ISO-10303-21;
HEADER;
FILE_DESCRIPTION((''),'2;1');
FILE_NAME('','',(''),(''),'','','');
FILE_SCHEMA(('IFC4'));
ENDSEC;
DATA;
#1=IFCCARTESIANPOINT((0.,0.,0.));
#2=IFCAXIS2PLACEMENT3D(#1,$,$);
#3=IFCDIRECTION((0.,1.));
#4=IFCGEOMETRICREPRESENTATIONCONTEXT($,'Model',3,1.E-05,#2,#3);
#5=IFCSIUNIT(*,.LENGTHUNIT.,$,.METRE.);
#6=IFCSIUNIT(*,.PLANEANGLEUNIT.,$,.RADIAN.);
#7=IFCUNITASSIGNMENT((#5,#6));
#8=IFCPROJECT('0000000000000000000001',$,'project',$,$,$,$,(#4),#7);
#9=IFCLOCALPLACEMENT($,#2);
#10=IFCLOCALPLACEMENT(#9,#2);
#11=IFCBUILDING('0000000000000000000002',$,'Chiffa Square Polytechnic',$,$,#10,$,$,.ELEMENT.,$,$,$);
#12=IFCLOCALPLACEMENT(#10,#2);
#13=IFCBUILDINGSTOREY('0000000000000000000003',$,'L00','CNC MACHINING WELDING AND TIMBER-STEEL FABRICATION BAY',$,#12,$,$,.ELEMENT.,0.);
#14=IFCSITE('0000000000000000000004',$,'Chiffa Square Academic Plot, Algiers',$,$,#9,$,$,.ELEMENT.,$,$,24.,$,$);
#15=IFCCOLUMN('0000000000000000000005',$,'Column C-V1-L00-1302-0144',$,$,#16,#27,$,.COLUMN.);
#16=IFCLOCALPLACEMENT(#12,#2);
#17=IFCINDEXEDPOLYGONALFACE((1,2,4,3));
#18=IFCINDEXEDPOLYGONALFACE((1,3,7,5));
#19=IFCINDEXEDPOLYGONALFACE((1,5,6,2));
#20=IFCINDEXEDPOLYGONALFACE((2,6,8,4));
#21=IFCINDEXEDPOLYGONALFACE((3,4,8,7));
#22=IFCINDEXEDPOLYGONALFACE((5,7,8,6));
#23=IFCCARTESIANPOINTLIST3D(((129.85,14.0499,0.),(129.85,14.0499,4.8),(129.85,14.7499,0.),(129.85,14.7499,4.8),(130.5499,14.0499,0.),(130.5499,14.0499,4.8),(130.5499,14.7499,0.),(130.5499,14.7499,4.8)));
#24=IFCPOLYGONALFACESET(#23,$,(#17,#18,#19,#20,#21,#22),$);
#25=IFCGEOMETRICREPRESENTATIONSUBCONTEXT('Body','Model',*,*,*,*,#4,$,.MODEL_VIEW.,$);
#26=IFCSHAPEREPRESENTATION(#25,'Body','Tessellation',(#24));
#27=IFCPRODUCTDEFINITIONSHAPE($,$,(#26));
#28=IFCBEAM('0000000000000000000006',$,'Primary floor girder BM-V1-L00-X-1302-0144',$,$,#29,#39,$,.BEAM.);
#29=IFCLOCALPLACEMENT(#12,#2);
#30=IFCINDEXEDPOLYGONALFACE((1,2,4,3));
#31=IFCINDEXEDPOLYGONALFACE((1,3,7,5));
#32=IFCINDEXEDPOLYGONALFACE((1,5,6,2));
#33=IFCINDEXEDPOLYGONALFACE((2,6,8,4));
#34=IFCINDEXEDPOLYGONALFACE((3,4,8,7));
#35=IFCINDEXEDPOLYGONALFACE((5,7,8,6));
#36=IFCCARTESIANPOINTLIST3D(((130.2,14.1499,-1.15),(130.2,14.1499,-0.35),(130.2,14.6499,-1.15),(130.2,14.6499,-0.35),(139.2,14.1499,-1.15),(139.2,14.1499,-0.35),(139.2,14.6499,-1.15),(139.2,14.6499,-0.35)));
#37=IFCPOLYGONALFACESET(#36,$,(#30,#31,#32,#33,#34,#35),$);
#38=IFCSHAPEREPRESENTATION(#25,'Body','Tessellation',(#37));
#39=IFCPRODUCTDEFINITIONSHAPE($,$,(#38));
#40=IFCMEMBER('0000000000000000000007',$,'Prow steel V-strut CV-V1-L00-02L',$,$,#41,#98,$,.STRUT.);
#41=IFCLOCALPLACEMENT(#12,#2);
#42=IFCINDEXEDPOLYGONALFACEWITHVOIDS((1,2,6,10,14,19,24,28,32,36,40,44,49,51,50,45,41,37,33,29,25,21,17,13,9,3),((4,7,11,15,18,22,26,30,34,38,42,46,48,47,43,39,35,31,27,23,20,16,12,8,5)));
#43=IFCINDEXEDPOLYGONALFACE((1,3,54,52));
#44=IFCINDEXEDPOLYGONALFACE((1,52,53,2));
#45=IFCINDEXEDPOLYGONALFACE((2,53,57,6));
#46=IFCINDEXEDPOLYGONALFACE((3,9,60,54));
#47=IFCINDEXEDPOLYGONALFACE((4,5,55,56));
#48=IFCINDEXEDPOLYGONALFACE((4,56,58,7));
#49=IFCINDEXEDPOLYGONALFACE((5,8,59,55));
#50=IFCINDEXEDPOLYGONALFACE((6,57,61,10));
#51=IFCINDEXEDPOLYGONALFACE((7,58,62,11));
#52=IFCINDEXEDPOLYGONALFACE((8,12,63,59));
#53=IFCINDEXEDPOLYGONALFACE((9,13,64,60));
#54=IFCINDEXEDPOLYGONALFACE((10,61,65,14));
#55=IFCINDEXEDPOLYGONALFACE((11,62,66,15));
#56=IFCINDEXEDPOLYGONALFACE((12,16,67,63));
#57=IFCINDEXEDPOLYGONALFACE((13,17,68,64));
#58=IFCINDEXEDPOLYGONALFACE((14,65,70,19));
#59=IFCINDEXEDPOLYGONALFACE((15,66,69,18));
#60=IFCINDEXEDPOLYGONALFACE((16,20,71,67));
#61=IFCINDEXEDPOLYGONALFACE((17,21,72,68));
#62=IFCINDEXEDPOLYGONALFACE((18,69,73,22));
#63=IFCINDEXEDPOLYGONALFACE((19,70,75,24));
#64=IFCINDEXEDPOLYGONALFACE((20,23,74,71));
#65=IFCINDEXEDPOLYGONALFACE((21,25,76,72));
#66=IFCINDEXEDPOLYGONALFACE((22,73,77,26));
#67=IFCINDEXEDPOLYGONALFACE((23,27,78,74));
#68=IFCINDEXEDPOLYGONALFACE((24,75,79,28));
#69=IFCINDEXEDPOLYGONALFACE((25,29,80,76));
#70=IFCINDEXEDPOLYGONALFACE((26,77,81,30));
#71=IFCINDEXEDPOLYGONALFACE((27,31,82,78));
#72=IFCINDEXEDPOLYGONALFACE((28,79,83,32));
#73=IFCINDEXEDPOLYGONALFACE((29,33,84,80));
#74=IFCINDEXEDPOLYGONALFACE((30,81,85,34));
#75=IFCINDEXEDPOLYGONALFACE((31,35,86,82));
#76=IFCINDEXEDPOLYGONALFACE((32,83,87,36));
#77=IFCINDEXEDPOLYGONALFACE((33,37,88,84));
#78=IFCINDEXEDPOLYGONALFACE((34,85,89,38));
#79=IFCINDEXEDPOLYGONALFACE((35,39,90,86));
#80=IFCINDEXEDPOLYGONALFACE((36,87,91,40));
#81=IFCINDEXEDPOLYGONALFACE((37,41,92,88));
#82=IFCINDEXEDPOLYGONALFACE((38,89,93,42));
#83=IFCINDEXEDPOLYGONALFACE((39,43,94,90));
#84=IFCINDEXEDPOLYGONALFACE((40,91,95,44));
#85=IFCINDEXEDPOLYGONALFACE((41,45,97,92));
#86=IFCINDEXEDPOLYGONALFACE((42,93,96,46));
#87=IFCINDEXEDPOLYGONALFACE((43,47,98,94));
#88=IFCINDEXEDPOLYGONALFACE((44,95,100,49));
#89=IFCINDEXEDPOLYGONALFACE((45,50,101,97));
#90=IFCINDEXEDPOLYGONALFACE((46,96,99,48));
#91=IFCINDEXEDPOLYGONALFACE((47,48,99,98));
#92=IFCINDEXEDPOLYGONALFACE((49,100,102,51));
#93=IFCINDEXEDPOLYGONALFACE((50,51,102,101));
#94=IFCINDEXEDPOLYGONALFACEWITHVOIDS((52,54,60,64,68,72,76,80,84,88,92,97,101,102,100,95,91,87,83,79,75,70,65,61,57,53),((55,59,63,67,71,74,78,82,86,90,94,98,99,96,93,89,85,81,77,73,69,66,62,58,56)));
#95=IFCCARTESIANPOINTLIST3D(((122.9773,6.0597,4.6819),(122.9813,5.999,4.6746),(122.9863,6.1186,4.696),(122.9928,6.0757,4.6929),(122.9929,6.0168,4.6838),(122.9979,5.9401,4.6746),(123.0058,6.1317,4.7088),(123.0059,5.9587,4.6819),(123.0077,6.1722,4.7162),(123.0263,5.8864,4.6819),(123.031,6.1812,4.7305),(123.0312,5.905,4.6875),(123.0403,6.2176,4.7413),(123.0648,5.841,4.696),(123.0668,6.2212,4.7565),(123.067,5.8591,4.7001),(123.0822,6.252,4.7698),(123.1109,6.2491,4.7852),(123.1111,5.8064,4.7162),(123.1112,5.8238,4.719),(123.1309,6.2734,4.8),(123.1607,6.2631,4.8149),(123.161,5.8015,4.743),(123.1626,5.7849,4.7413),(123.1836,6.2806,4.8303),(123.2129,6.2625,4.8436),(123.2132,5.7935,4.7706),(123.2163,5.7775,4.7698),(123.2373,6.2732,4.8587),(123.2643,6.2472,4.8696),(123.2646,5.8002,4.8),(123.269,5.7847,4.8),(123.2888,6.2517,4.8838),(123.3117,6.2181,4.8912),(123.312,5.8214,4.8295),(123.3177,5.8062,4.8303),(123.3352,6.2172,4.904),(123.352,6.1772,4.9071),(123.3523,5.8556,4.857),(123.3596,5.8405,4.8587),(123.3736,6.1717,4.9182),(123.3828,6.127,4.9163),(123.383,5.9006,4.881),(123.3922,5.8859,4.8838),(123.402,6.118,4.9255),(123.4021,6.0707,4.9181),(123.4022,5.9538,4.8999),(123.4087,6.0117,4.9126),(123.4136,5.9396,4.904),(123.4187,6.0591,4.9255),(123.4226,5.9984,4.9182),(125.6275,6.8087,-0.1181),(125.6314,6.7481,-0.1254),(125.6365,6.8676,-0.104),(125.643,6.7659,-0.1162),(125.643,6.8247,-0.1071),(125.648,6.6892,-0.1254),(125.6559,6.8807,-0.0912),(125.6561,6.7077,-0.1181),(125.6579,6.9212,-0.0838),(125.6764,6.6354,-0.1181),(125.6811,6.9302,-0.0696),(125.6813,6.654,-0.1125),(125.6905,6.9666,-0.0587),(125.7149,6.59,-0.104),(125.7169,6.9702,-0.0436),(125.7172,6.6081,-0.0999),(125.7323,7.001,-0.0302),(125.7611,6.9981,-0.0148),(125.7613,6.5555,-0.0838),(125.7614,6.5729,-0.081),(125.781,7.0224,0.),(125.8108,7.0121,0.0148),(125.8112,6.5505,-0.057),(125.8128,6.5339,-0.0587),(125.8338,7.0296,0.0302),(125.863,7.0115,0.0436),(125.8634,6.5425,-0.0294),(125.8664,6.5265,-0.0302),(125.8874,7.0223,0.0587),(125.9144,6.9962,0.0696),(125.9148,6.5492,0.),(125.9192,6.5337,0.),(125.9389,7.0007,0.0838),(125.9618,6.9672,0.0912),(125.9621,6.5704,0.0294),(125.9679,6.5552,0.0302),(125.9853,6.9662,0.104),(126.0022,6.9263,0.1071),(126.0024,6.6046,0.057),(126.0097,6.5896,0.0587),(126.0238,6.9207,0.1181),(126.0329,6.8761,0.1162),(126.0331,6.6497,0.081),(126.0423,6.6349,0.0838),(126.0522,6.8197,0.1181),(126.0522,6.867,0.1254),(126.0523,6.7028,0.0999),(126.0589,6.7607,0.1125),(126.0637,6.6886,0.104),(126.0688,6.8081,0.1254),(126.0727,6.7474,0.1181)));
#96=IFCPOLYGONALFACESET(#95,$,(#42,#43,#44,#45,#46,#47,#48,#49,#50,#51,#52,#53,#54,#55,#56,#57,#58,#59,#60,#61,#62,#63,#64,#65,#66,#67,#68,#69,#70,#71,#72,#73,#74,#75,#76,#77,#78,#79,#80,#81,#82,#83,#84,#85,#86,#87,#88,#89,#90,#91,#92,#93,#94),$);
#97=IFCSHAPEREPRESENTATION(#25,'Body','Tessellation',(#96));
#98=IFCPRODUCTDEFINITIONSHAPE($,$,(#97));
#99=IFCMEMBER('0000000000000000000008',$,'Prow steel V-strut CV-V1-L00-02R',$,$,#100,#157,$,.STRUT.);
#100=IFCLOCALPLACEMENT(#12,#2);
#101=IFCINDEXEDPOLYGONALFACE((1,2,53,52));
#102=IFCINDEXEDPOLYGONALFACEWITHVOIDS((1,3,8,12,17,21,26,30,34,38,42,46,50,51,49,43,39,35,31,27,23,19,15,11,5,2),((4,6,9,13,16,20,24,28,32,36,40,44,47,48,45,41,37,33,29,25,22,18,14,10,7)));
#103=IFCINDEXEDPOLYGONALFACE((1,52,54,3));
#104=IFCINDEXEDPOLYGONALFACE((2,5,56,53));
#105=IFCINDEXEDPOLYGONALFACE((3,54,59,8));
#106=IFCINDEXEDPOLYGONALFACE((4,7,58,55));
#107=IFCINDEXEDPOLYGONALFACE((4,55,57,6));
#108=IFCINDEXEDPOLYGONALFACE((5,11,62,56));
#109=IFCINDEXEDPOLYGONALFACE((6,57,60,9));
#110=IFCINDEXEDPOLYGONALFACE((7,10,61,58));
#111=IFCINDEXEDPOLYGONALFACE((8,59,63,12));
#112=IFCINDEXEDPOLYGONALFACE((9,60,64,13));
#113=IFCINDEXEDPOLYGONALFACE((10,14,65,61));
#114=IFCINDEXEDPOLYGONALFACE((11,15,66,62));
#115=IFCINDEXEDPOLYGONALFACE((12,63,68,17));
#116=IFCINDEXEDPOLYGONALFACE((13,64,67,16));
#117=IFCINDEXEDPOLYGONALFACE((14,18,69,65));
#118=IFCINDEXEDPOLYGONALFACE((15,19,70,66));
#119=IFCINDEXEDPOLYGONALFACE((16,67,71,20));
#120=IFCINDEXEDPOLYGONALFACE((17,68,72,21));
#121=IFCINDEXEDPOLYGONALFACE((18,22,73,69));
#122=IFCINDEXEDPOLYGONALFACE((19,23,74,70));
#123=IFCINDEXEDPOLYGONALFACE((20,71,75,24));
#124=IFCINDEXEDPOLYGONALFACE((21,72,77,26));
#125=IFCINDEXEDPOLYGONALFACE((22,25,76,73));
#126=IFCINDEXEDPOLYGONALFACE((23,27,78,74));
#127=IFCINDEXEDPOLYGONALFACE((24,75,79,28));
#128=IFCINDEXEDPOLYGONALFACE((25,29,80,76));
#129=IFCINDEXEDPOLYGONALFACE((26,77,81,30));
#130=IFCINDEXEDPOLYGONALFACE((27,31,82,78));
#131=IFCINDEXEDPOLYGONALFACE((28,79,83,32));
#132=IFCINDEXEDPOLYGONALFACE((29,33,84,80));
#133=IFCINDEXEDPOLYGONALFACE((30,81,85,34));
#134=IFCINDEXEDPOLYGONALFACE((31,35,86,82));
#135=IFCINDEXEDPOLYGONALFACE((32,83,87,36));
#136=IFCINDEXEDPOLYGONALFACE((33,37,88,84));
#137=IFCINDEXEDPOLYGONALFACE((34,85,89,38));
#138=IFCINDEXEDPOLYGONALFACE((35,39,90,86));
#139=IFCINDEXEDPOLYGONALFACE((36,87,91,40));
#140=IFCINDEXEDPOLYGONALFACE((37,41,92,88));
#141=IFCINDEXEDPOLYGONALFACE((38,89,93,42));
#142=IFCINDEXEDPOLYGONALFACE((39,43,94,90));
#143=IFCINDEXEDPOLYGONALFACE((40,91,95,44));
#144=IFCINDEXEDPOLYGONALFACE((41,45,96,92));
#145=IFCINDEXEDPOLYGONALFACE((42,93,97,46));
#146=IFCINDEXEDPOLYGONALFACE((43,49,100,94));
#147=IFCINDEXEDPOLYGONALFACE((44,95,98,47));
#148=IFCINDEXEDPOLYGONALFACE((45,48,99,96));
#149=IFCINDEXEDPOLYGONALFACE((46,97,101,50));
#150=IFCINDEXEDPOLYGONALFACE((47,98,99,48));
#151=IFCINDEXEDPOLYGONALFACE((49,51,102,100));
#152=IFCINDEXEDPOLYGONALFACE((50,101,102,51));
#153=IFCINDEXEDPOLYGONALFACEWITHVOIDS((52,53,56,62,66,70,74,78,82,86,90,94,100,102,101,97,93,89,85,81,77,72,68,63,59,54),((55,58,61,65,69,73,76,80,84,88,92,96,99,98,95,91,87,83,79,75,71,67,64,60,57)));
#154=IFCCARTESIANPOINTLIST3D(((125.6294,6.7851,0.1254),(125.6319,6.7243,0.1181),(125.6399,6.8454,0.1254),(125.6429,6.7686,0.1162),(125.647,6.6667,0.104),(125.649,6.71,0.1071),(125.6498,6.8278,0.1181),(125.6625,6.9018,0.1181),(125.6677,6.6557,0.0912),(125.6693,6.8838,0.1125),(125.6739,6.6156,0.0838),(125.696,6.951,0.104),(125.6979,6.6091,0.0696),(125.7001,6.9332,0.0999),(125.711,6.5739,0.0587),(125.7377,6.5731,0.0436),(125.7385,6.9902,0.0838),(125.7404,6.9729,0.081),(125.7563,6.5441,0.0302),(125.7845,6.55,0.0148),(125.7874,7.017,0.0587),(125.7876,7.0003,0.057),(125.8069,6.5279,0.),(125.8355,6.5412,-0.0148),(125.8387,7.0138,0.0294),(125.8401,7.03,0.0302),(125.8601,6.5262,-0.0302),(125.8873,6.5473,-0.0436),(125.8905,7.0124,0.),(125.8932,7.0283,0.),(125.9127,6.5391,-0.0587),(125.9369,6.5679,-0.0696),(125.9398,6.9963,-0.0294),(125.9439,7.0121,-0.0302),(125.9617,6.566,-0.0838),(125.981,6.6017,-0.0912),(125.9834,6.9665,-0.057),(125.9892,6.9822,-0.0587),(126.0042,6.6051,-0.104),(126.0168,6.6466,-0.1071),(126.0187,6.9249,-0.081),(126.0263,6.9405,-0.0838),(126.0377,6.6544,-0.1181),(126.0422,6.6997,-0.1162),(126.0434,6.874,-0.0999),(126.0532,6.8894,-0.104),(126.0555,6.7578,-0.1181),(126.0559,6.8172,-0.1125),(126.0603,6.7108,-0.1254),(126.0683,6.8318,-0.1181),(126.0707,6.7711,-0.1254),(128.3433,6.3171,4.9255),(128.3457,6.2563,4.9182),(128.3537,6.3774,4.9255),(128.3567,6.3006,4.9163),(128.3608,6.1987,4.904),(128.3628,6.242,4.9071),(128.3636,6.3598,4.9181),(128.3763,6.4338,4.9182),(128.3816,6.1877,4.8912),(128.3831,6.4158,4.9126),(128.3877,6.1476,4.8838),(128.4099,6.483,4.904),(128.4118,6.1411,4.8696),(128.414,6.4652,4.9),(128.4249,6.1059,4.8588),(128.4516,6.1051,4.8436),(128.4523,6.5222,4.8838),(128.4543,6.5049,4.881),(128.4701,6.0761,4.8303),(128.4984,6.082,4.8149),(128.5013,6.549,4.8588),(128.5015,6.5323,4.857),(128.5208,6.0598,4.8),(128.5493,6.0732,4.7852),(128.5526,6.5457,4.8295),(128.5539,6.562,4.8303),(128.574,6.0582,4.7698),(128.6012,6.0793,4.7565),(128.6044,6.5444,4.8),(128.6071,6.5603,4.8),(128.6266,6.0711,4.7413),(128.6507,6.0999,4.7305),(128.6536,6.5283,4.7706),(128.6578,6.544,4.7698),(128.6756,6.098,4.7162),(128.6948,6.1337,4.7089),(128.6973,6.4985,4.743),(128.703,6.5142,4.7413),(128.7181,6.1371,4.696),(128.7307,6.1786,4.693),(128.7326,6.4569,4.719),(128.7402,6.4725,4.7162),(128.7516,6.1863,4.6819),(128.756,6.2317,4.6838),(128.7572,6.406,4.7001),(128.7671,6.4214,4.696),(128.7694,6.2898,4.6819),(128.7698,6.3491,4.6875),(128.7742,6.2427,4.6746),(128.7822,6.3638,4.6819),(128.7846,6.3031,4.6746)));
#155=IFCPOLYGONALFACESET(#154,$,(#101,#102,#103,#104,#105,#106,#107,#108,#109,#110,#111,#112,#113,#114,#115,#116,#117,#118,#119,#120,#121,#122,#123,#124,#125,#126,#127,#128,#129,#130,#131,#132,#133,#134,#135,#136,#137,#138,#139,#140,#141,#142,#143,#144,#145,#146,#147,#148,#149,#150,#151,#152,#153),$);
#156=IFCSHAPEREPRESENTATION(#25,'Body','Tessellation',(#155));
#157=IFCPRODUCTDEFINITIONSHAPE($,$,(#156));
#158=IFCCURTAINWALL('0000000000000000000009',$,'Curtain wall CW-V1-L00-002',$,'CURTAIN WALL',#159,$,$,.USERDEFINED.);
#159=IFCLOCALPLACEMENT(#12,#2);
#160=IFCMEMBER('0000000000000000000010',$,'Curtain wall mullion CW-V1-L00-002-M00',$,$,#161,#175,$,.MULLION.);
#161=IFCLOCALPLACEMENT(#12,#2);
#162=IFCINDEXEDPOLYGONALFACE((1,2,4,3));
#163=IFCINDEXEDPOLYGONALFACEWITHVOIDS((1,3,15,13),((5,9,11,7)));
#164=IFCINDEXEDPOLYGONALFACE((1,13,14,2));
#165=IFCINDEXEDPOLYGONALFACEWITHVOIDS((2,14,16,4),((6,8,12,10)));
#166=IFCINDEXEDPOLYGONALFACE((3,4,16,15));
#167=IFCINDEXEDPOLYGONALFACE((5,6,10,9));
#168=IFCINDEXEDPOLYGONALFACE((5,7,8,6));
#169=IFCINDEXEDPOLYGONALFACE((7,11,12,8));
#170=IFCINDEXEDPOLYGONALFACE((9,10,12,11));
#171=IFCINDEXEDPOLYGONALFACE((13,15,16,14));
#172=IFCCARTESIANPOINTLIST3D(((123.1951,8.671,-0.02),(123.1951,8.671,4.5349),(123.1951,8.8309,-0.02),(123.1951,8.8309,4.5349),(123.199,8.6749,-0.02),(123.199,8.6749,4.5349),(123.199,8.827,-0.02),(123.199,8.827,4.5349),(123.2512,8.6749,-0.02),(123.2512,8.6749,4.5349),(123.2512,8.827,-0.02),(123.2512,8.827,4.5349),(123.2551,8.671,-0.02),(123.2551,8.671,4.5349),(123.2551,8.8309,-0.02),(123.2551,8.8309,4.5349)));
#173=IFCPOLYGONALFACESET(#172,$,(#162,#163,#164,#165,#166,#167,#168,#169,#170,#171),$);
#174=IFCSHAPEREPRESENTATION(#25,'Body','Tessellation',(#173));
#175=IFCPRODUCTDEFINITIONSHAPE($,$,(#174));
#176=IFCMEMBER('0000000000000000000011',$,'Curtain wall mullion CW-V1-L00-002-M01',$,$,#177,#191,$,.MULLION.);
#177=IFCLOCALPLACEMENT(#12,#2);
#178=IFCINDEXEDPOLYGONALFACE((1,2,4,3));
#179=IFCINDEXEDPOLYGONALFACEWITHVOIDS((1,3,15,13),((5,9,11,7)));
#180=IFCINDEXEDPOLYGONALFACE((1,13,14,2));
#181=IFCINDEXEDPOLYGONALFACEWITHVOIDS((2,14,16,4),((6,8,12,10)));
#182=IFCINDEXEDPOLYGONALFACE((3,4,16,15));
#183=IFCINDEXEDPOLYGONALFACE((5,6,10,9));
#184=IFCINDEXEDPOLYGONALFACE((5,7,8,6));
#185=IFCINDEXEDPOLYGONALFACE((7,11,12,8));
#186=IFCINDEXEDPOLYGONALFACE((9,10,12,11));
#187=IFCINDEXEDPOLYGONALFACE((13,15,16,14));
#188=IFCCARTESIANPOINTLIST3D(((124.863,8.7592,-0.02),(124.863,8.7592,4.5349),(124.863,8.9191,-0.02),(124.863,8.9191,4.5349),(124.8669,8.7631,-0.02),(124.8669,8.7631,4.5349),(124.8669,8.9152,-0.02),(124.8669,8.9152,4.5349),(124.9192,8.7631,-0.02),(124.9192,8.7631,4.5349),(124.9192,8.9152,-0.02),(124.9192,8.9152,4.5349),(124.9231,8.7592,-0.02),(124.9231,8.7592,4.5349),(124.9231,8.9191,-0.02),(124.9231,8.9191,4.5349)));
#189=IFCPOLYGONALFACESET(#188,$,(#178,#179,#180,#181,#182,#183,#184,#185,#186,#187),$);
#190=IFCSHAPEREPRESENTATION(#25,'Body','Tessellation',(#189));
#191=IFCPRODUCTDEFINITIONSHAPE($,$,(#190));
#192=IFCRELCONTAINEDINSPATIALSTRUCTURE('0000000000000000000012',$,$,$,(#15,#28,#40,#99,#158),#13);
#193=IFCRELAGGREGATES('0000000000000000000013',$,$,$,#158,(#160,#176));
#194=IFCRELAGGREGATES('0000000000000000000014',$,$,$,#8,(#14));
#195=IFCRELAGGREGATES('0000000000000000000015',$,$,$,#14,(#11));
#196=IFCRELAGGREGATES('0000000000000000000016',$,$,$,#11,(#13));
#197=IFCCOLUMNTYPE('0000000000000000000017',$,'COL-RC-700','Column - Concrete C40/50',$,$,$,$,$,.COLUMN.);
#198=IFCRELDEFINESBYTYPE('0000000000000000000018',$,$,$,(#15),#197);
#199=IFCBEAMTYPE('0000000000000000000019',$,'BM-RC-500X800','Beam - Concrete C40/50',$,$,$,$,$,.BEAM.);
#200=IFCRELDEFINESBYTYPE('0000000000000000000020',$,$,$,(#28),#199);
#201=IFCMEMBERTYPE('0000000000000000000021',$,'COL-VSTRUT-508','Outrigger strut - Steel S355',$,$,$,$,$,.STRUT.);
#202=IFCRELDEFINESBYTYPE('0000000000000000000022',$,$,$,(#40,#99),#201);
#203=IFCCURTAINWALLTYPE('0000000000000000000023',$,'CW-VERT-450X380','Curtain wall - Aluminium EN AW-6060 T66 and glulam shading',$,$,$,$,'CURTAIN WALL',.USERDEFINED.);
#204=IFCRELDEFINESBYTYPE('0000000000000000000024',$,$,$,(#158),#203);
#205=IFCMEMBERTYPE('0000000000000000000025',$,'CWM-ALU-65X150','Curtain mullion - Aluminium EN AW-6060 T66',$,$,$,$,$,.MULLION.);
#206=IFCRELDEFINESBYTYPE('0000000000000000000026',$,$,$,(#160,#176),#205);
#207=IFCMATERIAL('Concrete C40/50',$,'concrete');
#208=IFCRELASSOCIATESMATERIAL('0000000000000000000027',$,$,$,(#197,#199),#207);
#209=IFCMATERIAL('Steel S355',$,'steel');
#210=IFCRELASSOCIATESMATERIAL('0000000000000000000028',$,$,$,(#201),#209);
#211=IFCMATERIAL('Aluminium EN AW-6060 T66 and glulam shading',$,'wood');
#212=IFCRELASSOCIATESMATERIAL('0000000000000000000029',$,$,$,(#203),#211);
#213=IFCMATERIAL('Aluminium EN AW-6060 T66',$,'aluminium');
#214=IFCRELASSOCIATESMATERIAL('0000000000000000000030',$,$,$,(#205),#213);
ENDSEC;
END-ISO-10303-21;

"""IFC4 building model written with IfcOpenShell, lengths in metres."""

from ifc_helpers import new_model, si_unit, direction, frame, origin, origin_2d, place, context, subcontext, project, spatial, rectangle, hollow_rectangle, hollow_circle, extrude, material, material_profile, profile_set, type_object, element, aggregate, save


model = new_model("IFC4")

# Units and contexts
model_context = context("Model", 3, precision=1e-05, world=origin(), true_north=direction((0.0, 1.0)))
body_context = subcontext(model_context, "Body", "Model", "MODEL_VIEW")
ifc_project = project(units=[si_unit("LENGTHUNIT", "METRE"), si_unit("PLANEANGLEUNIT", "RADIAN")], contexts=[model_context])

# Site, building, storey
site_placement = place(None, origin())
site = spatial("IfcSite", under=ifc_project, at=site_placement, Name="Chiffa Square Academic Plot, Algiers", CompositionType="ELEMENT", RefElevation=24.0)
building_placement = place(site_placement, origin())
building = spatial("IfcBuilding", under=site, at=building_placement, Name="Chiffa Square Polytechnic", CompositionType="ELEMENT")
storey_placement = place(building_placement, origin())
storey = spatial("IfcBuildingStorey", under=building, at=storey_placement, Name="L00", Description="CNC MACHINING WELDING AND TIMBER-STEEL FABRICATION BAY", CompositionType="ELEMENT", Elevation=0.0)

# Column
ifc_material_1 = material(Name="Concrete C40/50", Category="concrete")
ifc_material_profile_1 = material_profile(ifc_material_1, rectangle(XDim=0.7, YDim=0.7, at=origin_2d()), Name="RC 700x700")
ifc_profile_set_1 = profile_set([ifc_material_profile_1], Name="Concrete C40/50")
column_type = type_object("IfcColumnType", Name="COL-RC-700", Description="Column - Concrete C40/50", PredefinedType="COLUMN", material=ifc_profile_set_1)
column_placement = place(storey_placement, frame((130.2, 14.3999, 0.0), z_axis=(0.0, 0.0, 1.0), x_axis=(1.0, 0.0, 0.0)))
element("IfcColumn", 1, at=column_placement, inside=storey, type_object=column_type, Name="Column C-V1-L00-1302-0144", PredefinedType="COLUMN", context=body_context, shape_type="SweptSolid", body=[
    extrude(rectangle(XDim=0.7, YDim=0.7, at=origin_2d()), origin(), (0.0, 0.0, 1.0), 4.8),
])

# Beam
ifc_material_profile_2 = material_profile(ifc_material_1, rectangle(XDim=0.5, YDim=0.8, at=origin_2d()), Name="RC 500x800")
ifc_profile_set_2 = profile_set([ifc_material_profile_2], Name="Concrete C40/50")
beam_type = type_object("IfcBeamType", Name="BM-RC-500X800", Description="Beam - Concrete C40/50", PredefinedType="BEAM", material=ifc_profile_set_2)
beam_placement = place(storey_placement, frame((130.2, 14.3999, -0.75), z_axis=(1.0, 0.0, 0.0), x_axis=(0.0, 1.0, 0.0)))
element("IfcBeam", 2, at=beam_placement, inside=storey, type_object=beam_type, Name="Primary floor girder BM-V1-L00-X-1302-0144", PredefinedType="BEAM", context=body_context, shape_type="SweptSolid", body=[
    extrude(rectangle(XDim=0.5, YDim=0.8, at=origin_2d()), origin(), (0.0, 0.0, 1.0), 9.0),
])

# Members
ifc_material_2 = material(Name="Steel S355", Category="steel")
ifc_material_profile_3 = material_profile(ifc_material_2, hollow_circle(Radius=0.2539, WallThickness=0.0161, at=origin_2d()), Name="CHS 508x16")
ifc_profile_set_3 = profile_set([ifc_material_profile_3], Name="Steel S355")
member_type_1 = type_object("IfcMemberType", Name="COL-VSTRUT-508", Description="Outrigger strut - Steel S355", PredefinedType="STRUT", material=ifc_profile_set_3)
for number, where, z_axis, x_axis, name in (
    (3, (125.8501, 6.7781, 0.0), (-0.478887, -0.13535, 0.86738), (0.27198, -0.962303, 0.0), "Prow steel V-strut CV-V1-L00-02L"),
    (4, (125.8501, 6.7781, 0.0), (0.490403, -0.084572, 0.867382), (0.169946, 0.985453, 0.0), "Prow steel V-strut CV-V1-L00-02R"),
):
    element("IfcMember", number, at=place(storey_placement, frame(where, z_axis=z_axis, x_axis=x_axis)), inside=storey, type_object=member_type_1, Name=name, PredefinedType="STRUT", context=body_context, shape_type="SweptSolid", body=[
        extrude(hollow_circle(Radius=0.2539, WallThickness=0.0161, at=origin_2d()), origin(), (0.0, 0.0, 1.0), 5.5339),
    ])

# Curtain wall, members
ifc_material_3 = material(Name="Aluminium EN AW-6060 T66 and glulam shading", Category="wood")
curtain_wall_type_1 = type_object("IfcCurtainWallType", Name="CW-VERT-450X380", Description="Curtain wall - Aluminium EN AW-6060 T66 and glulam shading", ElementType="CURTAIN WALL", PredefinedType="USERDEFINED", material=ifc_material_3)
curtain_wall_1_placement = place(storey_placement, origin())
curtain_wall_1 = element("IfcCurtainWall", 5, at=curtain_wall_1_placement, inside=storey, type_object=curtain_wall_type_1, Name="Curtain wall CW-V1-L00-002", ObjectType="CURTAIN WALL", PredefinedType="USERDEFINED")
ifc_material_4 = material(Name="Aluminium EN AW-6060 T66", Category="aluminium")
ifc_material_profile_4 = material_profile(ifc_material_4, hollow_rectangle(XDim=0.0601, YDim=0.1599, WallThickness=0.0039, at=origin_2d()), Name="ALU 60x160x4")
ifc_profile_set_4 = profile_set([ifc_material_profile_4], Name="Aluminium EN AW-6060 T66")
member_type_2 = type_object("IfcMemberType", Name="CWM-ALU-65X150", Description="Curtain mullion - Aluminium EN AW-6060 T66", PredefinedType="MULLION", material=ifc_profile_set_4)
member_1_placement = place(storey_placement, frame((123.2251, 8.751, -0.02), z_axis=(0.0, 0.0, 1.0), x_axis=(1.0, 0.0, 0.0)))
member_1 = element("IfcMember", 6, at=member_1_placement, type_object=member_type_2, Name="Curtain wall mullion CW-V1-L00-002-M00", PredefinedType="MULLION", context=body_context, shape_type="SweptSolid", body=[
    extrude(hollow_rectangle(XDim=0.0601, YDim=0.1599, WallThickness=0.0039, at=origin_2d()), origin(), (0.0, 0.0, 1.0), 4.5549),
])
member_2_placement = place(storey_placement, frame((124.8931, 8.8391, -0.02), z_axis=(0.0, 0.0, 1.0), x_axis=(1.0, 0.0, 0.0)))
member_2 = element("IfcMember", 7, at=member_2_placement, type_object=member_type_2, Name="Curtain wall mullion CW-V1-L00-002-M01", PredefinedType="MULLION", context=body_context, shape_type="SweptSolid", body=[
    extrude(hollow_rectangle(XDim=0.0601, YDim=0.1599, WallThickness=0.0039, at=origin_2d()), origin(), (0.0, 0.0, 1.0), 4.5549),
])

aggregate(curtain_wall_1, [member_1, member_2])

save(model, "model.ifc")
